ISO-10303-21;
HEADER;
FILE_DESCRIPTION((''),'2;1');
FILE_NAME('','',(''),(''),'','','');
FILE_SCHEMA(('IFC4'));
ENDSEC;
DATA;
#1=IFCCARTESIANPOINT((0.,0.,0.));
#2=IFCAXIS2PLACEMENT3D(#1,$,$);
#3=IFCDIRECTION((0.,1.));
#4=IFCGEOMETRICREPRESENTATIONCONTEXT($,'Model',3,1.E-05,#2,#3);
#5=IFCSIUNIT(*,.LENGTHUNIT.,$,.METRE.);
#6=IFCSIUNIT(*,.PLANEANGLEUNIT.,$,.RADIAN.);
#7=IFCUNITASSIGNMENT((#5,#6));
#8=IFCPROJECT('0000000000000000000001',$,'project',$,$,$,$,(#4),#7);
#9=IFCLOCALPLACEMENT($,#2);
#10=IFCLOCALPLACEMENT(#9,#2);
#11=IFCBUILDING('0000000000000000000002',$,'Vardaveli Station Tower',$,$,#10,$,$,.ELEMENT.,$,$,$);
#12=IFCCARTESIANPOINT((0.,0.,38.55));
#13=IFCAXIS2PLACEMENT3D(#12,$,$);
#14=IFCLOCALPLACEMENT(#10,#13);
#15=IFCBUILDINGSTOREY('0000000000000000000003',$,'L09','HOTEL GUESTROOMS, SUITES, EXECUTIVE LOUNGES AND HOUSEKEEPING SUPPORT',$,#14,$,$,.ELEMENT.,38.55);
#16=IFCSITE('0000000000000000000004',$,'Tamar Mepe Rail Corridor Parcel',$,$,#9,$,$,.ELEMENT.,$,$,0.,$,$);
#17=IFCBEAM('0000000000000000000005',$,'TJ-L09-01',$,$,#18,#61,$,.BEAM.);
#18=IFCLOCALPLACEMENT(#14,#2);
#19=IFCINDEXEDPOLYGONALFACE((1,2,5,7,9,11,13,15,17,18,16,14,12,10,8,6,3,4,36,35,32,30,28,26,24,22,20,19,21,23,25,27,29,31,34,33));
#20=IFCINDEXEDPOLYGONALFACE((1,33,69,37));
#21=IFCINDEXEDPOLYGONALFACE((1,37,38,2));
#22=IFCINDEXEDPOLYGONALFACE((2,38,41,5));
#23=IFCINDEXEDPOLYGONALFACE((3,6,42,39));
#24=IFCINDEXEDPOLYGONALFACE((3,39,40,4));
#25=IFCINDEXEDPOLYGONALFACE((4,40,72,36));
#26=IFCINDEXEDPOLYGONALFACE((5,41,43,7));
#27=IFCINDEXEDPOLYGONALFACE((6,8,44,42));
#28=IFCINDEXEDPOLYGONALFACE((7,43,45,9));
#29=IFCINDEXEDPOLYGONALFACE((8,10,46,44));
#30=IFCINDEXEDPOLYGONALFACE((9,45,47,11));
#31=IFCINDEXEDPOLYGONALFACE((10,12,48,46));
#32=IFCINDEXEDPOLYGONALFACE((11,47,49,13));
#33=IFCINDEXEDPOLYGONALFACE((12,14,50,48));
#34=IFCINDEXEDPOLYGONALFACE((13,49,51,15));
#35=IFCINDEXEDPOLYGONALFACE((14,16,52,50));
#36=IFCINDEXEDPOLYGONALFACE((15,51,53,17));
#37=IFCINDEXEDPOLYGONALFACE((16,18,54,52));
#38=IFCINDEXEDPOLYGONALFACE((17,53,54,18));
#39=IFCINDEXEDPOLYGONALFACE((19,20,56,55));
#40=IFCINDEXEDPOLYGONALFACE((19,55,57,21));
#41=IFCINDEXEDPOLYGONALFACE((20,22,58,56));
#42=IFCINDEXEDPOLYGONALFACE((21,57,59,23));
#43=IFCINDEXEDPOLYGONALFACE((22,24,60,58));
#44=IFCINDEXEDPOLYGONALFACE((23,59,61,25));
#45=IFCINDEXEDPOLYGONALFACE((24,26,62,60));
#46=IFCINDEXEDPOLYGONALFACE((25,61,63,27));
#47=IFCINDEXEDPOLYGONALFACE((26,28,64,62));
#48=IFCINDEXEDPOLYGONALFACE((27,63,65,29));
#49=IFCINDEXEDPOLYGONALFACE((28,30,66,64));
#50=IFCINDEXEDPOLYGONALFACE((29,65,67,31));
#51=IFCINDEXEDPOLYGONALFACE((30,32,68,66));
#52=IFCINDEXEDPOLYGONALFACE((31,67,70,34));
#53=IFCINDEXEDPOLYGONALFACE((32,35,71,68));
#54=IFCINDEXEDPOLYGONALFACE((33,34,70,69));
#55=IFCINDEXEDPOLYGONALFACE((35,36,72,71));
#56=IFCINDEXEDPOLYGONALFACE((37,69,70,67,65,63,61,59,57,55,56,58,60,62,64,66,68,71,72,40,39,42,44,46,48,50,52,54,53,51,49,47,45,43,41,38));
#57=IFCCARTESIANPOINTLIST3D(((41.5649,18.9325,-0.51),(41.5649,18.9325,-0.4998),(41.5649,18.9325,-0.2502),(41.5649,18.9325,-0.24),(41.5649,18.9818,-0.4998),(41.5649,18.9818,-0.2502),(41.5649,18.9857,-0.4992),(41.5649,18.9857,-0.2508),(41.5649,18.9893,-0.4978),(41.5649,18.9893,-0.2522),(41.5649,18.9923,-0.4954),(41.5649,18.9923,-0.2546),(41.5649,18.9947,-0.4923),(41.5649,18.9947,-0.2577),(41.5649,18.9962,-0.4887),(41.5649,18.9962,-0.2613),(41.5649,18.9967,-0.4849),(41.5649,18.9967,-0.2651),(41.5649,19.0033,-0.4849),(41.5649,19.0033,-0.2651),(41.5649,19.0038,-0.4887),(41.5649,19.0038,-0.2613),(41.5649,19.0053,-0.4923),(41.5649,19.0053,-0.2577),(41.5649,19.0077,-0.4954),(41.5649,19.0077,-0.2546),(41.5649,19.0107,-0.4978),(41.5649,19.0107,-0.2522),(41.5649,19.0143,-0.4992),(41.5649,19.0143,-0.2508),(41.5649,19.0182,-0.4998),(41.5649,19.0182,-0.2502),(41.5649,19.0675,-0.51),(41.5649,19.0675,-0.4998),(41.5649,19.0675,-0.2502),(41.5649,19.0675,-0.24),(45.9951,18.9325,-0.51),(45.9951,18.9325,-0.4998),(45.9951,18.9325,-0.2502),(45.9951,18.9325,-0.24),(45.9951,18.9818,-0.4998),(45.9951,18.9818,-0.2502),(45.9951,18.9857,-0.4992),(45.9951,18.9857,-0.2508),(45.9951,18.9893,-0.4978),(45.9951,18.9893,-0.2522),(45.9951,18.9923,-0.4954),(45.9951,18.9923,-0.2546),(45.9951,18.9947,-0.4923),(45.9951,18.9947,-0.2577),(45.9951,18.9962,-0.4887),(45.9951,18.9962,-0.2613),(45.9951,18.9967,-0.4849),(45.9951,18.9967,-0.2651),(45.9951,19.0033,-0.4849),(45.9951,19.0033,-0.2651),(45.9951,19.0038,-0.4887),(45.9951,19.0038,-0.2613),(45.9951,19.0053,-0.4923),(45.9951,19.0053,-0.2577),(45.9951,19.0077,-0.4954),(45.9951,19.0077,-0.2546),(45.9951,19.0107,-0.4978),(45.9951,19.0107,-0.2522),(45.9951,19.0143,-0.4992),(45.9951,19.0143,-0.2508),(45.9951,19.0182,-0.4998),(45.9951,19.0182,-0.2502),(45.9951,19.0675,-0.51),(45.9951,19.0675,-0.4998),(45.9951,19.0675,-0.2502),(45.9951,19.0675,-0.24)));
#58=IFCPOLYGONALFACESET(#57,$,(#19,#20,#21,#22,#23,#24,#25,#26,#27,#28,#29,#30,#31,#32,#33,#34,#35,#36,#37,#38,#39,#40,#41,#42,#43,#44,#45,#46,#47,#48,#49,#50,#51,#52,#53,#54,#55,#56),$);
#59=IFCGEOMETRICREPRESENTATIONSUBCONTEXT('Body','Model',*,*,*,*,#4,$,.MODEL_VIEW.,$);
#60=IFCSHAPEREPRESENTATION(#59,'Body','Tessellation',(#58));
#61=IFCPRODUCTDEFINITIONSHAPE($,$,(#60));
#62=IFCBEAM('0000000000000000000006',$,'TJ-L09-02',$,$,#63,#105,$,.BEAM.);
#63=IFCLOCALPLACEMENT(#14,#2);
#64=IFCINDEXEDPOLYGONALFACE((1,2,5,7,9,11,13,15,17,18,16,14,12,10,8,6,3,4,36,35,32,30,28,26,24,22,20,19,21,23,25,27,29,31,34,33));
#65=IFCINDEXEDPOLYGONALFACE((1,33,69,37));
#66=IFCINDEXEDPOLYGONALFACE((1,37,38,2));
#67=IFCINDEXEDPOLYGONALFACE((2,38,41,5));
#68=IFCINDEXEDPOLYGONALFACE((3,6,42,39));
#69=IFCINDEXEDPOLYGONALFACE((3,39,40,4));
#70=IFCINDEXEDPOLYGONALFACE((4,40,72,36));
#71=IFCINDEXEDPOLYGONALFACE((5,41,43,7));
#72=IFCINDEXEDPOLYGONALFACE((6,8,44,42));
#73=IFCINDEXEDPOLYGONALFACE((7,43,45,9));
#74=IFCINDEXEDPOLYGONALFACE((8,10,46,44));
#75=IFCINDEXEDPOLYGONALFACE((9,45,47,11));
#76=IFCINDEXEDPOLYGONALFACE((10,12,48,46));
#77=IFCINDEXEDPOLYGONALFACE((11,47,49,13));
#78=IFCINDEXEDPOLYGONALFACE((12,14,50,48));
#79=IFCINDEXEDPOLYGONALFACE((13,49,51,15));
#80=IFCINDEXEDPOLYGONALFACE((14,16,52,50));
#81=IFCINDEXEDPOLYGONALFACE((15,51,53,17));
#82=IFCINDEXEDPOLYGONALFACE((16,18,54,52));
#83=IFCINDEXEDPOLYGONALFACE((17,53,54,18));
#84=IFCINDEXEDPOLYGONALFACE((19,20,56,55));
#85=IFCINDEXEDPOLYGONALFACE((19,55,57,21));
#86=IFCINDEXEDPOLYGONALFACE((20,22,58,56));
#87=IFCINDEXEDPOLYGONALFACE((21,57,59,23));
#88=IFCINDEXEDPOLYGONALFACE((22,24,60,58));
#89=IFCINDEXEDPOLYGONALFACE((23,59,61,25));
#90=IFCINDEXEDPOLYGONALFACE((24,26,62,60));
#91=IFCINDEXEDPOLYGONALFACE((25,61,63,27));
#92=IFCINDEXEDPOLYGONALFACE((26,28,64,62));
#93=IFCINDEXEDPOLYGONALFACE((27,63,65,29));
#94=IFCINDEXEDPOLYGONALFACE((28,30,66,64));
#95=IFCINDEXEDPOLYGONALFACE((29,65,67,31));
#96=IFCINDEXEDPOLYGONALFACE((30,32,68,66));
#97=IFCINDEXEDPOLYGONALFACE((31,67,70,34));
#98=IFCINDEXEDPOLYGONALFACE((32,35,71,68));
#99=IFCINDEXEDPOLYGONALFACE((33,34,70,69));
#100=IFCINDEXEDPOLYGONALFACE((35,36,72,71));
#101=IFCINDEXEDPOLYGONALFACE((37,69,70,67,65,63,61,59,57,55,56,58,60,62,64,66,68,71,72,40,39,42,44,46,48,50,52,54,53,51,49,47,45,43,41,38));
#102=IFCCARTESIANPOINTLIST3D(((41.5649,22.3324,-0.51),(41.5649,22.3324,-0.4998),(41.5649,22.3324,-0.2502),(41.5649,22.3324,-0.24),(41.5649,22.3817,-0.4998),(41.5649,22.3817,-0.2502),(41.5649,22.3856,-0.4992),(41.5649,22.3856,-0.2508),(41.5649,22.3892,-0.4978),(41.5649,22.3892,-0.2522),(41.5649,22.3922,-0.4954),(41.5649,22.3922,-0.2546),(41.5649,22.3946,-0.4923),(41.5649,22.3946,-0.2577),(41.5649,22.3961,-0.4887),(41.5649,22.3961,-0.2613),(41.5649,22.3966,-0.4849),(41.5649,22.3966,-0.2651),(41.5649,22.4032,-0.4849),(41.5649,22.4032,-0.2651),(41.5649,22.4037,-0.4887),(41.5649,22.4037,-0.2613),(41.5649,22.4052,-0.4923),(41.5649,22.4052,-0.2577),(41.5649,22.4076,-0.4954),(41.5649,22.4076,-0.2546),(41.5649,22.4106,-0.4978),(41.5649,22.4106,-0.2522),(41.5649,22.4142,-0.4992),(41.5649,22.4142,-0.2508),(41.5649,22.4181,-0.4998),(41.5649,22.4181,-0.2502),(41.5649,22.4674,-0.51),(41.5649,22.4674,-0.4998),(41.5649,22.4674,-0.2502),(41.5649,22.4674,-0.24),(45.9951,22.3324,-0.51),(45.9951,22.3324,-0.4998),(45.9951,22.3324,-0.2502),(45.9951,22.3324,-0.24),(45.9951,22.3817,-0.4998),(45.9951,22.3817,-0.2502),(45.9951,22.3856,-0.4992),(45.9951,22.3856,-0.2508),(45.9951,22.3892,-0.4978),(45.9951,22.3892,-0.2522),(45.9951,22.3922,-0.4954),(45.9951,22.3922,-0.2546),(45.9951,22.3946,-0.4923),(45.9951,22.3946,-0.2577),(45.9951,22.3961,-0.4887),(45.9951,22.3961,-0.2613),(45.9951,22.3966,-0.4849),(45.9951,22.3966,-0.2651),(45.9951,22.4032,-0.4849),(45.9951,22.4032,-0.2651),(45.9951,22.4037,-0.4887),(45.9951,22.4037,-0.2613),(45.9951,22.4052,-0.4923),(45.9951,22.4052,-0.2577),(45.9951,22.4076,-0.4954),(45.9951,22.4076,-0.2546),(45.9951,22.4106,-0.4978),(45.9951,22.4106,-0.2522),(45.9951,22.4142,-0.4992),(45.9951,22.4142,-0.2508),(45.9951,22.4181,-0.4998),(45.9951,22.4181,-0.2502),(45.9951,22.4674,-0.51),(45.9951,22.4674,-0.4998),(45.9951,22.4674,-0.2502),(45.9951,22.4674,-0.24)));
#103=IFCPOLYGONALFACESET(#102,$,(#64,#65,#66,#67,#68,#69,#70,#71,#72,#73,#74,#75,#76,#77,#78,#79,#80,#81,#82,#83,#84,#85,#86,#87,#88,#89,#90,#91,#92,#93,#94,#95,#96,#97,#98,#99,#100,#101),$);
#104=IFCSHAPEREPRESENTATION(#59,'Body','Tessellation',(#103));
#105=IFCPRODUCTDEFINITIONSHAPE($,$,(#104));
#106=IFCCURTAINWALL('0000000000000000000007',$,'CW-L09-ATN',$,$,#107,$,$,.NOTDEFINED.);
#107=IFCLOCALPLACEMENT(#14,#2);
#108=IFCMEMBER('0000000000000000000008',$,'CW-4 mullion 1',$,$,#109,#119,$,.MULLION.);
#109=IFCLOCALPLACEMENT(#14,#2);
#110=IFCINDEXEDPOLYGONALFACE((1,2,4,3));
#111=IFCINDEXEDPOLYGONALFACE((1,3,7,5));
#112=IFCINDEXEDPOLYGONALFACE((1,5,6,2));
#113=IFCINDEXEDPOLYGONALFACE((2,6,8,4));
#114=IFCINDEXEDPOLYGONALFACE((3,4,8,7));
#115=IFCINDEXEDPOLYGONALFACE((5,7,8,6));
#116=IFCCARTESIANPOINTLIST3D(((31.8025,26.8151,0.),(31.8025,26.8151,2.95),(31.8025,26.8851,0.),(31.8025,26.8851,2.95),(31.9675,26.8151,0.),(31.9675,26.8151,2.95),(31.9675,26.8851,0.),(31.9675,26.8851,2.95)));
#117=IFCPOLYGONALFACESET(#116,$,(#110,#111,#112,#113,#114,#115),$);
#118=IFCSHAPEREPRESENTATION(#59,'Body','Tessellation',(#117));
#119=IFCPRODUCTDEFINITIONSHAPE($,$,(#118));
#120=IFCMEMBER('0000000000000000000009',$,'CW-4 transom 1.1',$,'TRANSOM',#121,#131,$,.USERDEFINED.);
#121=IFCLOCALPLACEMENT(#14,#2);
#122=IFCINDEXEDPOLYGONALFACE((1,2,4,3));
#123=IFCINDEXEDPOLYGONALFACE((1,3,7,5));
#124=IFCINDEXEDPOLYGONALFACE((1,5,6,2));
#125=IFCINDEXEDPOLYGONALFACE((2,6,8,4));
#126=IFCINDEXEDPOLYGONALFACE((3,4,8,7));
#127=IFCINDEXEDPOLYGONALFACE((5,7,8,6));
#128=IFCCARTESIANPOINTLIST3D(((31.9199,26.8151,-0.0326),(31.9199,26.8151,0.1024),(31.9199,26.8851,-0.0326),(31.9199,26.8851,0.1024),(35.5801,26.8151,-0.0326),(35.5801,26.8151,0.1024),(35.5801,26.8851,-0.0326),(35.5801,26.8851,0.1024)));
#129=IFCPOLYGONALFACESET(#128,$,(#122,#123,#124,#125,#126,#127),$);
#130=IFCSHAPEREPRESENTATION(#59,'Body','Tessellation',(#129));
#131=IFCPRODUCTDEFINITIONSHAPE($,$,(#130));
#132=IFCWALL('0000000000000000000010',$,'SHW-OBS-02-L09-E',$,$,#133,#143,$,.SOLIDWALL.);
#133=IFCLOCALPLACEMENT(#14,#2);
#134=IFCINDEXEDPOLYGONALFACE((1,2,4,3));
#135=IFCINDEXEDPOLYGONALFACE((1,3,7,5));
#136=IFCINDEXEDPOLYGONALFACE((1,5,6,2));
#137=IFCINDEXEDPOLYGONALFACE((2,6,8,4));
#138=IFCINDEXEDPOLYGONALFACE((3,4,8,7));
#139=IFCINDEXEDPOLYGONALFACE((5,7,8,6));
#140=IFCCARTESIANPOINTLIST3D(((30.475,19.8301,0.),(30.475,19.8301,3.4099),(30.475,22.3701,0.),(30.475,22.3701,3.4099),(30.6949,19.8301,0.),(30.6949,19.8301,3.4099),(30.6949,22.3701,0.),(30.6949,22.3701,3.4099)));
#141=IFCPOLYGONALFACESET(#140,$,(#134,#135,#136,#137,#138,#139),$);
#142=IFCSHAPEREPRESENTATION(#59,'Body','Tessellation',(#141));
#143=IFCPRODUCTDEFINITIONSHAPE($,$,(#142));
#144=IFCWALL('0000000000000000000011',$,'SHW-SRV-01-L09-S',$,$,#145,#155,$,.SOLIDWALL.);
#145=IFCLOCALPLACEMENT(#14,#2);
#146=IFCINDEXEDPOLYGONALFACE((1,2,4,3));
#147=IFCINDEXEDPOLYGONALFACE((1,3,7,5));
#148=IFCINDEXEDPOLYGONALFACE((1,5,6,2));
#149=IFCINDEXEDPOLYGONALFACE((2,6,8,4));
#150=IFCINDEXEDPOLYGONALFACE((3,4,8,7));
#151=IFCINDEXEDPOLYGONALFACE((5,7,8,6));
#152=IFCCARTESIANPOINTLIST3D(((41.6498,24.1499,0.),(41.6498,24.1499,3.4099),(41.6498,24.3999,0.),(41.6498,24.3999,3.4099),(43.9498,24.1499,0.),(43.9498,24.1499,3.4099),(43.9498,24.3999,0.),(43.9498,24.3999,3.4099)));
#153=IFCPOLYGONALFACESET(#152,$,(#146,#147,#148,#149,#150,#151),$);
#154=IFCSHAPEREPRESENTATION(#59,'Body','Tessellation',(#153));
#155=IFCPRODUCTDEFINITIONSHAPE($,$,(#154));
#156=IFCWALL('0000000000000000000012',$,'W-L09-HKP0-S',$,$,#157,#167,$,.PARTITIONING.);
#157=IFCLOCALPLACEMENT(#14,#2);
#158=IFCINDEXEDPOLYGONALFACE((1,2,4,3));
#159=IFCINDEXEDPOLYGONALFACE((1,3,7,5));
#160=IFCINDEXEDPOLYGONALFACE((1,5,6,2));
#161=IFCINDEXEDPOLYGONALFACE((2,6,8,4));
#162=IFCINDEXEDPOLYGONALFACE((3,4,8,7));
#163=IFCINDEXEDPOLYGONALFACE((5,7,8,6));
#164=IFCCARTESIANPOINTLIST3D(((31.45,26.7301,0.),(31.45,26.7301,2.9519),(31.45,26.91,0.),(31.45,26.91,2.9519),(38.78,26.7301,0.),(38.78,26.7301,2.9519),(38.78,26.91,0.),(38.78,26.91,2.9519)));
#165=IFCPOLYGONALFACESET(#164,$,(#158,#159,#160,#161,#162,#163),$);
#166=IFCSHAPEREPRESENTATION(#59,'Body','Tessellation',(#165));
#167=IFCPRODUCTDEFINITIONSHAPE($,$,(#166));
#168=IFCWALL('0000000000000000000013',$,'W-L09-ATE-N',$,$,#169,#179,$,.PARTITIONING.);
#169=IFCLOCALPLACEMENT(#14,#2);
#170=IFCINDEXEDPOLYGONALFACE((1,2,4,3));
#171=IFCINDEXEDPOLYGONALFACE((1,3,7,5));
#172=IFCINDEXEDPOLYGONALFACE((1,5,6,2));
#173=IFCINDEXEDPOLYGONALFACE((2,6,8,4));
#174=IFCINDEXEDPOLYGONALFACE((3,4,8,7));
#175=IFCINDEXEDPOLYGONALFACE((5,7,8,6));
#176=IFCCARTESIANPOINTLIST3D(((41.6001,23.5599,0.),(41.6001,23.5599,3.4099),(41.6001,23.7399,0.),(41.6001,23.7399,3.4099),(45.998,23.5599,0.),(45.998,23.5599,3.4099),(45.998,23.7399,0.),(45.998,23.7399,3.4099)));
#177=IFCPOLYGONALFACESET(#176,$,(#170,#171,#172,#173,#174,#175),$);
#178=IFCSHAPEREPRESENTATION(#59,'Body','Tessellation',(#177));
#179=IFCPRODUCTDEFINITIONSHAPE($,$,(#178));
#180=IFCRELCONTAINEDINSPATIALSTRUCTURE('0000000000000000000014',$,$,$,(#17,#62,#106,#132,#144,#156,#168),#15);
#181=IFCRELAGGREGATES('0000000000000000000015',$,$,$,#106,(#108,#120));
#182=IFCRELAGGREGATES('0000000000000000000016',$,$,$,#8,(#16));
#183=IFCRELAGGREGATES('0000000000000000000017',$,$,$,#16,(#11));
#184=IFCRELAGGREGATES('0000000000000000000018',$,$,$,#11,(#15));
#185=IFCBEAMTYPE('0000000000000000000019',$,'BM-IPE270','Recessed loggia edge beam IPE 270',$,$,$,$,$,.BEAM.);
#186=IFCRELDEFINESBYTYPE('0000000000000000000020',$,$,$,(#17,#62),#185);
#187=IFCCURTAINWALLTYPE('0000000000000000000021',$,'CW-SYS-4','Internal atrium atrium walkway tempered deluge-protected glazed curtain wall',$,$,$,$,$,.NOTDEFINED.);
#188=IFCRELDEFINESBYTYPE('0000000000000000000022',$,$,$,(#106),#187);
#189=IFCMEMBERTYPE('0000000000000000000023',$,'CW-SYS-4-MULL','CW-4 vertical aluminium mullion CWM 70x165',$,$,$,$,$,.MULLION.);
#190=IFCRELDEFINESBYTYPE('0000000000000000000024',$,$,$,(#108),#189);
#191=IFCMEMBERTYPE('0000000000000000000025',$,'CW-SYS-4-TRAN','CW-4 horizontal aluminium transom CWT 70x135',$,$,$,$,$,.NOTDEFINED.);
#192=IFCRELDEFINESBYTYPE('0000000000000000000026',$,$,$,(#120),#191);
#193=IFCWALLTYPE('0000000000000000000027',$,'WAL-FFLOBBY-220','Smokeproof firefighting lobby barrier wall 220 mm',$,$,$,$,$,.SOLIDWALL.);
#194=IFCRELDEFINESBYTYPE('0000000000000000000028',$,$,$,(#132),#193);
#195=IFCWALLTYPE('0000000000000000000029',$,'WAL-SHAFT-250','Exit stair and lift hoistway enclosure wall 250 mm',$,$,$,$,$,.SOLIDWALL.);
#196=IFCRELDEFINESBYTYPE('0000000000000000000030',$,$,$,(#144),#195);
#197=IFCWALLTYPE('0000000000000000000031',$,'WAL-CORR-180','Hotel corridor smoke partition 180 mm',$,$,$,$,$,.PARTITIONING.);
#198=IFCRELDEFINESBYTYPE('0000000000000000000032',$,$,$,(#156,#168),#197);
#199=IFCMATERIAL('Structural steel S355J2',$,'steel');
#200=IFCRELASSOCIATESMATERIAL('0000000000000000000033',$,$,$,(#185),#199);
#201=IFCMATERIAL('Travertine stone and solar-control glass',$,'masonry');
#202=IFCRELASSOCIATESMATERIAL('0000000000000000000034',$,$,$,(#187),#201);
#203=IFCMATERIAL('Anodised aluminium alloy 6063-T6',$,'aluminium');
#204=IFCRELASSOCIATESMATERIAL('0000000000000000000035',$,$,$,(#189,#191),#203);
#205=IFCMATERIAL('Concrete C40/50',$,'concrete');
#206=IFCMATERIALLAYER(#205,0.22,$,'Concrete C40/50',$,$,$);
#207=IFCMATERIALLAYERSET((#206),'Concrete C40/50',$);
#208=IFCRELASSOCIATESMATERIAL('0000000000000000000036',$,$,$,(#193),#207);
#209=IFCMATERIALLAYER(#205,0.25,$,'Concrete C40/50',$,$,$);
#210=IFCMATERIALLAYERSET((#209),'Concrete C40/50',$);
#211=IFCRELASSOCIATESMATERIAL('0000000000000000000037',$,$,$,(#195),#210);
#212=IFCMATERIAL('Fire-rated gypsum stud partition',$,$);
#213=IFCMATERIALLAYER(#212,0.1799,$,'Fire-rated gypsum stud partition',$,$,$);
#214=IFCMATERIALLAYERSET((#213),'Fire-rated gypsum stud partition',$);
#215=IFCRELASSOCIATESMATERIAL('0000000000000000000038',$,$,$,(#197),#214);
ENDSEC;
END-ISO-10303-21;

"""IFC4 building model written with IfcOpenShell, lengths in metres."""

from ifc_helpers import new_model, si_unit, direction, frame, frame_2d, origin, origin_2d, place, context, subcontext, project, spatial, rectangle, i_section, extrude, source, transform, mapped, material, layer, layer_set, material_profile, profile_set, type_object, element, aggregate, save


model = new_model("IFC4")

# Units and contexts
model_context = context("Model", 3, precision=1e-05, world=origin(), true_north=direction((0.0, 1.0)))
body_context = subcontext(model_context, "Body", "Model", "MODEL_VIEW")
ifc_project = project(units=[si_unit("LENGTHUNIT", "METRE"), si_unit("PLANEANGLEUNIT", "RADIAN")], contexts=[model_context])

# Site, building, storey
site_placement = place(None, origin())
site = spatial("IfcSite", under=ifc_project, at=site_placement, Name="Tamar Mepe Rail Corridor Parcel", CompositionType="ELEMENT", RefElevation=0.0)
building_placement = place(site_placement, origin())
building = spatial("IfcBuilding", under=site, at=building_placement, Name="Vardaveli Station Tower", CompositionType="ELEMENT")
storey_placement = place(building_placement, frame((0.0, 0.0, 38.55)))
storey = spatial("IfcBuildingStorey", under=building, at=storey_placement, Name="L09", Description="HOTEL GUESTROOMS, SUITES, EXECUTIVE LOUNGES AND HOUSEKEEPING SUPPORT", CompositionType="ELEMENT", Elevation=38.55)

# Beams
ifc_material_1 = material(Name="Structural steel S355J2", Category="steel")
ifc_material_profile_1 = material_profile(ifc_material_1, i_section(OverallWidth=0.135, OverallDepth=0.27, WebThickness=0.0066, FlangeThickness=0.0103, FilletRadius=0.0149, at=origin_2d()), Name="IPE 270")
ifc_profile_set_1 = profile_set([ifc_material_profile_1], Name="Structural steel S355J2")
beam_type_1 = type_object("IfcBeamType", Name="BM-IPE270", Description="Recessed loggia edge beam IPE 270", PredefinedType="BEAM", material=ifc_profile_set_1)
shared_shape_1 = source(origin(), body_context, "Body", "SweptSolid", [
    extrude(i_section(OverallWidth=0.135, OverallDepth=0.27, WebThickness=0.0066, FlangeThickness=0.0103, FilletRadius=0.0149, at=origin_2d()), origin(), (0.0, 0.0, 1.0), 4.4302),
])
for number, where, z_axis, x_axis, name in (
    (1, (41.5649, 19.0, -0.375), (1.0, 0.0, 0.0), (0.0, 1.0, 0.0), "TJ-L09-01"),
    (2, (41.5649, 22.3999, -0.375), (1.0, 0.0, 0.0), (0.0, 1.0, 0.0), "TJ-L09-02"),
):
    element("IfcBeam", number, at=place(storey_placement, frame(where, z_axis=z_axis, x_axis=x_axis)), inside=storey, type_object=beam_type_1, Name=name, PredefinedType="BEAM", context=body_context, shape_type="MappedRepresentation", body=[
        mapped(shared_shape_1, transform((0.0, 0.0, 0.0), scale=1.0)),
    ])

# Curtain wall, members
ifc_material_2 = material(Name="Travertine stone and solar-control glass", Category="masonry")
curtain_wall_type = type_object("IfcCurtainWallType", Name="CW-SYS-4", Description="Internal atrium atrium walkway tempered deluge-protected glazed curtain wall", PredefinedType="NOTDEFINED", material=ifc_material_2)
curtain_wall_placement = place(storey_placement, origin())
curtain_wall = element("IfcCurtainWall", 3, at=curtain_wall_placement, inside=storey, type_object=curtain_wall_type, Name="CW-L09-ATN", PredefinedType="NOTDEFINED")
ifc_material_3 = material(Name="Anodised aluminium alloy 6063-T6", Category="aluminium")
ifc_material_profile_2 = material_profile(ifc_material_3, rectangle(XDim=0.0701, YDim=0.165, at=origin_2d()), Name="CWM 70x165")
ifc_profile_set_2 = profile_set([ifc_material_profile_2], Name="Anodised aluminium alloy 6063-T6")
member_type_1 = type_object("IfcMemberType", Name="CW-SYS-4-MULL", Description="CW-4 vertical aluminium mullion CWM 70x165", PredefinedType="MULLION", material=ifc_profile_set_2)
shared_shape_2 = source(origin(), body_context, "Body", "SweptSolid", [
    extrude(rectangle(XDim=0.0701, YDim=0.165, at=origin_2d()), origin(), (0.0, 0.0, 1.0), 2.95),
])
member_1_placement = place(storey_placement, frame((31.885, 26.8501, 0.0), z_axis=(0.0, 0.0, 1.0), x_axis=(0.0, 1.0, 0.0)))
member_1 = element("IfcMember", 4, at=member_1_placement, type_object=member_type_1, Name="CW-4 mullion 1", PredefinedType="MULLION", context=body_context, shape_type="MappedRepresentation", body=[
    mapped(shared_shape_2, transform((0.0, 0.0, 0.0), scale=1.0)),
])
ifc_material_profile_3 = material_profile(ifc_material_3, rectangle(XDim=0.0701, YDim=0.135, at=origin_2d()), Name="CWT 70x135")
ifc_profile_set_3 = profile_set([ifc_material_profile_3], Name="Anodised aluminium alloy 6063-T6")
member_type_2 = type_object("IfcMemberType", Name="CW-SYS-4-TRAN", Description="CW-4 horizontal aluminium transom CWT 70x135", PredefinedType="NOTDEFINED", material=ifc_profile_set_3)
shared_shape_3 = source(origin(), body_context, "Body", "SweptSolid", [
    extrude(rectangle(XDim=0.0701, YDim=0.135, at=origin_2d()), origin(), (0.0, 0.0, 1.0), 3.6602),
])
member_2_placement = place(storey_placement, frame((31.9199, 26.8501, 0.0349), z_axis=(1.0, 0.0, 0.0), x_axis=(0.0, 1.0, 0.0)))
member_2 = element("IfcMember", 5, at=member_2_placement, type_object=member_type_2, Name="CW-4 transom 1.1", ObjectType="TRANSOM", PredefinedType="USERDEFINED", context=body_context, shape_type="MappedRepresentation", body=[
    mapped(shared_shape_3, transform((0.0, 0.0, 0.0), scale=1.0)),
])
aggregate(curtain_wall, [member_1, member_2])

# Walls
ifc_material_4 = material(Name="Concrete C40/50", Category="concrete")
ifc_layer_1 = layer(ifc_material_4, 0.22, Name="Concrete C40/50")
ifc_layer_set_1 = layer_set([ifc_layer_1], Name="Concrete C40/50")
wall_type_1 = type_object("IfcWallType", Name="WAL-FFLOBBY-220", Description="Smokeproof firefighting lobby barrier wall 220 mm", PredefinedType="SOLIDWALL", material=ifc_layer_set_1)
shared_shape_4 = source(origin(), body_context, "Body", "SweptSolid", [
    extrude(rectangle(XDim=2.54, YDim=0.22, at=frame_2d((1.27, 0.0))), origin(), (0.0, 0.0, 1.0), 3.4099),
])
wall_1_placement = place(storey_placement, frame((30.585, 19.8301, 0.0), z_axis=(0.0, 0.0, 1.0), x_axis=(0.0, 1.0, 0.0)))
element("IfcWall", 6, at=wall_1_placement, inside=storey, type_object=wall_type_1, Name="SHW-OBS-02-L09-E", PredefinedType="SOLIDWALL", context=body_context, shape_type="MappedRepresentation", body=[
    mapped(shared_shape_4, transform((0.0, 0.0, 0.0), scale=1.0)),
])
ifc_layer_2 = layer(ifc_material_4, 0.25, Name="Concrete C40/50")
ifc_layer_set_2 = layer_set([ifc_layer_2], Name="Concrete C40/50")
wall_type_2 = type_object("IfcWallType", Name="WAL-SHAFT-250", Description="Exit stair and lift hoistway enclosure wall 250 mm", PredefinedType="SOLIDWALL", material=ifc_layer_set_2)
shared_shape_5 = source(origin(), body_context, "Body", "SweptSolid", [
    extrude(rectangle(XDim=2.3, YDim=0.25, at=frame_2d((1.1499, 0.0))), origin(), (0.0, 0.0, 1.0), 3.4099),
])
wall_2_placement = place(storey_placement, frame((41.6499, 24.2749, 0.0), z_axis=(0.0, 0.0, 1.0), x_axis=(1.0, 0.0, 0.0)))
element("IfcWall", 7, at=wall_2_placement, inside=storey, type_object=wall_type_2, Name="SHW-SRV-01-L09-S", PredefinedType="SOLIDWALL", context=body_context, shape_type="MappedRepresentation", body=[
    mapped(shared_shape_5, transform((0.0, 0.0, 0.0), scale=1.0)),
])
ifc_material_5 = material(Name="Fire-rated gypsum stud partition")
ifc_layer_3 = layer(ifc_material_5, 0.1799, Name="Fire-rated gypsum stud partition")
ifc_layer_set_3 = layer_set([ifc_layer_3], Name="Fire-rated gypsum stud partition")
wall_type_3 = type_object("IfcWallType", Name="WAL-CORR-180", Description="Hotel corridor smoke partition 180 mm", PredefinedType="PARTITIONING", material=ifc_layer_set_3)
shared_shape_6 = source(origin(), body_context, "Body", "SweptSolid", [
    extrude(rectangle(XDim=7.3301, YDim=0.1799, at=frame_2d((3.665, 0.0))), origin(), (0.0, 0.0, 1.0), 2.9519),
])
wall_3_placement = place(storey_placement, frame((31.45, 26.8201, 0.0), z_axis=(0.0, 0.0, 1.0), x_axis=(1.0, 0.0, 0.0)))
element("IfcWall", 8, at=wall_3_placement, inside=storey, type_object=wall_type_3, Name="W-L09-HKP0-S", PredefinedType="PARTITIONING", context=body_context, shape_type="MappedRepresentation", body=[
    mapped(shared_shape_6, transform((0.0, 0.0, 0.0), scale=1.0)),
])
shared_shape_7 = source(origin(), body_context, "Body", "SweptSolid", [
    extrude(rectangle(XDim=4.3979, YDim=0.1799, at=frame_2d((2.199, 0.0))), origin(), (0.0, 0.0, 1.0), 3.4099),
])
wall_4_placement = place(storey_placement, frame((41.6001, 23.6499, 0.0), z_axis=(0.0, 0.0, 1.0), x_axis=(1.0, 0.0, 0.0)))
element("IfcWall", 9, at=wall_4_placement, inside=storey, type_object=wall_type_3, Name="W-L09-ATE-N", PredefinedType="PARTITIONING", context=body_context, shape_type="MappedRepresentation", body=[
    mapped(shared_shape_7, transform((0.0, 0.0, 0.0), scale=1.0)),
])

save(model, "model.ifc")
